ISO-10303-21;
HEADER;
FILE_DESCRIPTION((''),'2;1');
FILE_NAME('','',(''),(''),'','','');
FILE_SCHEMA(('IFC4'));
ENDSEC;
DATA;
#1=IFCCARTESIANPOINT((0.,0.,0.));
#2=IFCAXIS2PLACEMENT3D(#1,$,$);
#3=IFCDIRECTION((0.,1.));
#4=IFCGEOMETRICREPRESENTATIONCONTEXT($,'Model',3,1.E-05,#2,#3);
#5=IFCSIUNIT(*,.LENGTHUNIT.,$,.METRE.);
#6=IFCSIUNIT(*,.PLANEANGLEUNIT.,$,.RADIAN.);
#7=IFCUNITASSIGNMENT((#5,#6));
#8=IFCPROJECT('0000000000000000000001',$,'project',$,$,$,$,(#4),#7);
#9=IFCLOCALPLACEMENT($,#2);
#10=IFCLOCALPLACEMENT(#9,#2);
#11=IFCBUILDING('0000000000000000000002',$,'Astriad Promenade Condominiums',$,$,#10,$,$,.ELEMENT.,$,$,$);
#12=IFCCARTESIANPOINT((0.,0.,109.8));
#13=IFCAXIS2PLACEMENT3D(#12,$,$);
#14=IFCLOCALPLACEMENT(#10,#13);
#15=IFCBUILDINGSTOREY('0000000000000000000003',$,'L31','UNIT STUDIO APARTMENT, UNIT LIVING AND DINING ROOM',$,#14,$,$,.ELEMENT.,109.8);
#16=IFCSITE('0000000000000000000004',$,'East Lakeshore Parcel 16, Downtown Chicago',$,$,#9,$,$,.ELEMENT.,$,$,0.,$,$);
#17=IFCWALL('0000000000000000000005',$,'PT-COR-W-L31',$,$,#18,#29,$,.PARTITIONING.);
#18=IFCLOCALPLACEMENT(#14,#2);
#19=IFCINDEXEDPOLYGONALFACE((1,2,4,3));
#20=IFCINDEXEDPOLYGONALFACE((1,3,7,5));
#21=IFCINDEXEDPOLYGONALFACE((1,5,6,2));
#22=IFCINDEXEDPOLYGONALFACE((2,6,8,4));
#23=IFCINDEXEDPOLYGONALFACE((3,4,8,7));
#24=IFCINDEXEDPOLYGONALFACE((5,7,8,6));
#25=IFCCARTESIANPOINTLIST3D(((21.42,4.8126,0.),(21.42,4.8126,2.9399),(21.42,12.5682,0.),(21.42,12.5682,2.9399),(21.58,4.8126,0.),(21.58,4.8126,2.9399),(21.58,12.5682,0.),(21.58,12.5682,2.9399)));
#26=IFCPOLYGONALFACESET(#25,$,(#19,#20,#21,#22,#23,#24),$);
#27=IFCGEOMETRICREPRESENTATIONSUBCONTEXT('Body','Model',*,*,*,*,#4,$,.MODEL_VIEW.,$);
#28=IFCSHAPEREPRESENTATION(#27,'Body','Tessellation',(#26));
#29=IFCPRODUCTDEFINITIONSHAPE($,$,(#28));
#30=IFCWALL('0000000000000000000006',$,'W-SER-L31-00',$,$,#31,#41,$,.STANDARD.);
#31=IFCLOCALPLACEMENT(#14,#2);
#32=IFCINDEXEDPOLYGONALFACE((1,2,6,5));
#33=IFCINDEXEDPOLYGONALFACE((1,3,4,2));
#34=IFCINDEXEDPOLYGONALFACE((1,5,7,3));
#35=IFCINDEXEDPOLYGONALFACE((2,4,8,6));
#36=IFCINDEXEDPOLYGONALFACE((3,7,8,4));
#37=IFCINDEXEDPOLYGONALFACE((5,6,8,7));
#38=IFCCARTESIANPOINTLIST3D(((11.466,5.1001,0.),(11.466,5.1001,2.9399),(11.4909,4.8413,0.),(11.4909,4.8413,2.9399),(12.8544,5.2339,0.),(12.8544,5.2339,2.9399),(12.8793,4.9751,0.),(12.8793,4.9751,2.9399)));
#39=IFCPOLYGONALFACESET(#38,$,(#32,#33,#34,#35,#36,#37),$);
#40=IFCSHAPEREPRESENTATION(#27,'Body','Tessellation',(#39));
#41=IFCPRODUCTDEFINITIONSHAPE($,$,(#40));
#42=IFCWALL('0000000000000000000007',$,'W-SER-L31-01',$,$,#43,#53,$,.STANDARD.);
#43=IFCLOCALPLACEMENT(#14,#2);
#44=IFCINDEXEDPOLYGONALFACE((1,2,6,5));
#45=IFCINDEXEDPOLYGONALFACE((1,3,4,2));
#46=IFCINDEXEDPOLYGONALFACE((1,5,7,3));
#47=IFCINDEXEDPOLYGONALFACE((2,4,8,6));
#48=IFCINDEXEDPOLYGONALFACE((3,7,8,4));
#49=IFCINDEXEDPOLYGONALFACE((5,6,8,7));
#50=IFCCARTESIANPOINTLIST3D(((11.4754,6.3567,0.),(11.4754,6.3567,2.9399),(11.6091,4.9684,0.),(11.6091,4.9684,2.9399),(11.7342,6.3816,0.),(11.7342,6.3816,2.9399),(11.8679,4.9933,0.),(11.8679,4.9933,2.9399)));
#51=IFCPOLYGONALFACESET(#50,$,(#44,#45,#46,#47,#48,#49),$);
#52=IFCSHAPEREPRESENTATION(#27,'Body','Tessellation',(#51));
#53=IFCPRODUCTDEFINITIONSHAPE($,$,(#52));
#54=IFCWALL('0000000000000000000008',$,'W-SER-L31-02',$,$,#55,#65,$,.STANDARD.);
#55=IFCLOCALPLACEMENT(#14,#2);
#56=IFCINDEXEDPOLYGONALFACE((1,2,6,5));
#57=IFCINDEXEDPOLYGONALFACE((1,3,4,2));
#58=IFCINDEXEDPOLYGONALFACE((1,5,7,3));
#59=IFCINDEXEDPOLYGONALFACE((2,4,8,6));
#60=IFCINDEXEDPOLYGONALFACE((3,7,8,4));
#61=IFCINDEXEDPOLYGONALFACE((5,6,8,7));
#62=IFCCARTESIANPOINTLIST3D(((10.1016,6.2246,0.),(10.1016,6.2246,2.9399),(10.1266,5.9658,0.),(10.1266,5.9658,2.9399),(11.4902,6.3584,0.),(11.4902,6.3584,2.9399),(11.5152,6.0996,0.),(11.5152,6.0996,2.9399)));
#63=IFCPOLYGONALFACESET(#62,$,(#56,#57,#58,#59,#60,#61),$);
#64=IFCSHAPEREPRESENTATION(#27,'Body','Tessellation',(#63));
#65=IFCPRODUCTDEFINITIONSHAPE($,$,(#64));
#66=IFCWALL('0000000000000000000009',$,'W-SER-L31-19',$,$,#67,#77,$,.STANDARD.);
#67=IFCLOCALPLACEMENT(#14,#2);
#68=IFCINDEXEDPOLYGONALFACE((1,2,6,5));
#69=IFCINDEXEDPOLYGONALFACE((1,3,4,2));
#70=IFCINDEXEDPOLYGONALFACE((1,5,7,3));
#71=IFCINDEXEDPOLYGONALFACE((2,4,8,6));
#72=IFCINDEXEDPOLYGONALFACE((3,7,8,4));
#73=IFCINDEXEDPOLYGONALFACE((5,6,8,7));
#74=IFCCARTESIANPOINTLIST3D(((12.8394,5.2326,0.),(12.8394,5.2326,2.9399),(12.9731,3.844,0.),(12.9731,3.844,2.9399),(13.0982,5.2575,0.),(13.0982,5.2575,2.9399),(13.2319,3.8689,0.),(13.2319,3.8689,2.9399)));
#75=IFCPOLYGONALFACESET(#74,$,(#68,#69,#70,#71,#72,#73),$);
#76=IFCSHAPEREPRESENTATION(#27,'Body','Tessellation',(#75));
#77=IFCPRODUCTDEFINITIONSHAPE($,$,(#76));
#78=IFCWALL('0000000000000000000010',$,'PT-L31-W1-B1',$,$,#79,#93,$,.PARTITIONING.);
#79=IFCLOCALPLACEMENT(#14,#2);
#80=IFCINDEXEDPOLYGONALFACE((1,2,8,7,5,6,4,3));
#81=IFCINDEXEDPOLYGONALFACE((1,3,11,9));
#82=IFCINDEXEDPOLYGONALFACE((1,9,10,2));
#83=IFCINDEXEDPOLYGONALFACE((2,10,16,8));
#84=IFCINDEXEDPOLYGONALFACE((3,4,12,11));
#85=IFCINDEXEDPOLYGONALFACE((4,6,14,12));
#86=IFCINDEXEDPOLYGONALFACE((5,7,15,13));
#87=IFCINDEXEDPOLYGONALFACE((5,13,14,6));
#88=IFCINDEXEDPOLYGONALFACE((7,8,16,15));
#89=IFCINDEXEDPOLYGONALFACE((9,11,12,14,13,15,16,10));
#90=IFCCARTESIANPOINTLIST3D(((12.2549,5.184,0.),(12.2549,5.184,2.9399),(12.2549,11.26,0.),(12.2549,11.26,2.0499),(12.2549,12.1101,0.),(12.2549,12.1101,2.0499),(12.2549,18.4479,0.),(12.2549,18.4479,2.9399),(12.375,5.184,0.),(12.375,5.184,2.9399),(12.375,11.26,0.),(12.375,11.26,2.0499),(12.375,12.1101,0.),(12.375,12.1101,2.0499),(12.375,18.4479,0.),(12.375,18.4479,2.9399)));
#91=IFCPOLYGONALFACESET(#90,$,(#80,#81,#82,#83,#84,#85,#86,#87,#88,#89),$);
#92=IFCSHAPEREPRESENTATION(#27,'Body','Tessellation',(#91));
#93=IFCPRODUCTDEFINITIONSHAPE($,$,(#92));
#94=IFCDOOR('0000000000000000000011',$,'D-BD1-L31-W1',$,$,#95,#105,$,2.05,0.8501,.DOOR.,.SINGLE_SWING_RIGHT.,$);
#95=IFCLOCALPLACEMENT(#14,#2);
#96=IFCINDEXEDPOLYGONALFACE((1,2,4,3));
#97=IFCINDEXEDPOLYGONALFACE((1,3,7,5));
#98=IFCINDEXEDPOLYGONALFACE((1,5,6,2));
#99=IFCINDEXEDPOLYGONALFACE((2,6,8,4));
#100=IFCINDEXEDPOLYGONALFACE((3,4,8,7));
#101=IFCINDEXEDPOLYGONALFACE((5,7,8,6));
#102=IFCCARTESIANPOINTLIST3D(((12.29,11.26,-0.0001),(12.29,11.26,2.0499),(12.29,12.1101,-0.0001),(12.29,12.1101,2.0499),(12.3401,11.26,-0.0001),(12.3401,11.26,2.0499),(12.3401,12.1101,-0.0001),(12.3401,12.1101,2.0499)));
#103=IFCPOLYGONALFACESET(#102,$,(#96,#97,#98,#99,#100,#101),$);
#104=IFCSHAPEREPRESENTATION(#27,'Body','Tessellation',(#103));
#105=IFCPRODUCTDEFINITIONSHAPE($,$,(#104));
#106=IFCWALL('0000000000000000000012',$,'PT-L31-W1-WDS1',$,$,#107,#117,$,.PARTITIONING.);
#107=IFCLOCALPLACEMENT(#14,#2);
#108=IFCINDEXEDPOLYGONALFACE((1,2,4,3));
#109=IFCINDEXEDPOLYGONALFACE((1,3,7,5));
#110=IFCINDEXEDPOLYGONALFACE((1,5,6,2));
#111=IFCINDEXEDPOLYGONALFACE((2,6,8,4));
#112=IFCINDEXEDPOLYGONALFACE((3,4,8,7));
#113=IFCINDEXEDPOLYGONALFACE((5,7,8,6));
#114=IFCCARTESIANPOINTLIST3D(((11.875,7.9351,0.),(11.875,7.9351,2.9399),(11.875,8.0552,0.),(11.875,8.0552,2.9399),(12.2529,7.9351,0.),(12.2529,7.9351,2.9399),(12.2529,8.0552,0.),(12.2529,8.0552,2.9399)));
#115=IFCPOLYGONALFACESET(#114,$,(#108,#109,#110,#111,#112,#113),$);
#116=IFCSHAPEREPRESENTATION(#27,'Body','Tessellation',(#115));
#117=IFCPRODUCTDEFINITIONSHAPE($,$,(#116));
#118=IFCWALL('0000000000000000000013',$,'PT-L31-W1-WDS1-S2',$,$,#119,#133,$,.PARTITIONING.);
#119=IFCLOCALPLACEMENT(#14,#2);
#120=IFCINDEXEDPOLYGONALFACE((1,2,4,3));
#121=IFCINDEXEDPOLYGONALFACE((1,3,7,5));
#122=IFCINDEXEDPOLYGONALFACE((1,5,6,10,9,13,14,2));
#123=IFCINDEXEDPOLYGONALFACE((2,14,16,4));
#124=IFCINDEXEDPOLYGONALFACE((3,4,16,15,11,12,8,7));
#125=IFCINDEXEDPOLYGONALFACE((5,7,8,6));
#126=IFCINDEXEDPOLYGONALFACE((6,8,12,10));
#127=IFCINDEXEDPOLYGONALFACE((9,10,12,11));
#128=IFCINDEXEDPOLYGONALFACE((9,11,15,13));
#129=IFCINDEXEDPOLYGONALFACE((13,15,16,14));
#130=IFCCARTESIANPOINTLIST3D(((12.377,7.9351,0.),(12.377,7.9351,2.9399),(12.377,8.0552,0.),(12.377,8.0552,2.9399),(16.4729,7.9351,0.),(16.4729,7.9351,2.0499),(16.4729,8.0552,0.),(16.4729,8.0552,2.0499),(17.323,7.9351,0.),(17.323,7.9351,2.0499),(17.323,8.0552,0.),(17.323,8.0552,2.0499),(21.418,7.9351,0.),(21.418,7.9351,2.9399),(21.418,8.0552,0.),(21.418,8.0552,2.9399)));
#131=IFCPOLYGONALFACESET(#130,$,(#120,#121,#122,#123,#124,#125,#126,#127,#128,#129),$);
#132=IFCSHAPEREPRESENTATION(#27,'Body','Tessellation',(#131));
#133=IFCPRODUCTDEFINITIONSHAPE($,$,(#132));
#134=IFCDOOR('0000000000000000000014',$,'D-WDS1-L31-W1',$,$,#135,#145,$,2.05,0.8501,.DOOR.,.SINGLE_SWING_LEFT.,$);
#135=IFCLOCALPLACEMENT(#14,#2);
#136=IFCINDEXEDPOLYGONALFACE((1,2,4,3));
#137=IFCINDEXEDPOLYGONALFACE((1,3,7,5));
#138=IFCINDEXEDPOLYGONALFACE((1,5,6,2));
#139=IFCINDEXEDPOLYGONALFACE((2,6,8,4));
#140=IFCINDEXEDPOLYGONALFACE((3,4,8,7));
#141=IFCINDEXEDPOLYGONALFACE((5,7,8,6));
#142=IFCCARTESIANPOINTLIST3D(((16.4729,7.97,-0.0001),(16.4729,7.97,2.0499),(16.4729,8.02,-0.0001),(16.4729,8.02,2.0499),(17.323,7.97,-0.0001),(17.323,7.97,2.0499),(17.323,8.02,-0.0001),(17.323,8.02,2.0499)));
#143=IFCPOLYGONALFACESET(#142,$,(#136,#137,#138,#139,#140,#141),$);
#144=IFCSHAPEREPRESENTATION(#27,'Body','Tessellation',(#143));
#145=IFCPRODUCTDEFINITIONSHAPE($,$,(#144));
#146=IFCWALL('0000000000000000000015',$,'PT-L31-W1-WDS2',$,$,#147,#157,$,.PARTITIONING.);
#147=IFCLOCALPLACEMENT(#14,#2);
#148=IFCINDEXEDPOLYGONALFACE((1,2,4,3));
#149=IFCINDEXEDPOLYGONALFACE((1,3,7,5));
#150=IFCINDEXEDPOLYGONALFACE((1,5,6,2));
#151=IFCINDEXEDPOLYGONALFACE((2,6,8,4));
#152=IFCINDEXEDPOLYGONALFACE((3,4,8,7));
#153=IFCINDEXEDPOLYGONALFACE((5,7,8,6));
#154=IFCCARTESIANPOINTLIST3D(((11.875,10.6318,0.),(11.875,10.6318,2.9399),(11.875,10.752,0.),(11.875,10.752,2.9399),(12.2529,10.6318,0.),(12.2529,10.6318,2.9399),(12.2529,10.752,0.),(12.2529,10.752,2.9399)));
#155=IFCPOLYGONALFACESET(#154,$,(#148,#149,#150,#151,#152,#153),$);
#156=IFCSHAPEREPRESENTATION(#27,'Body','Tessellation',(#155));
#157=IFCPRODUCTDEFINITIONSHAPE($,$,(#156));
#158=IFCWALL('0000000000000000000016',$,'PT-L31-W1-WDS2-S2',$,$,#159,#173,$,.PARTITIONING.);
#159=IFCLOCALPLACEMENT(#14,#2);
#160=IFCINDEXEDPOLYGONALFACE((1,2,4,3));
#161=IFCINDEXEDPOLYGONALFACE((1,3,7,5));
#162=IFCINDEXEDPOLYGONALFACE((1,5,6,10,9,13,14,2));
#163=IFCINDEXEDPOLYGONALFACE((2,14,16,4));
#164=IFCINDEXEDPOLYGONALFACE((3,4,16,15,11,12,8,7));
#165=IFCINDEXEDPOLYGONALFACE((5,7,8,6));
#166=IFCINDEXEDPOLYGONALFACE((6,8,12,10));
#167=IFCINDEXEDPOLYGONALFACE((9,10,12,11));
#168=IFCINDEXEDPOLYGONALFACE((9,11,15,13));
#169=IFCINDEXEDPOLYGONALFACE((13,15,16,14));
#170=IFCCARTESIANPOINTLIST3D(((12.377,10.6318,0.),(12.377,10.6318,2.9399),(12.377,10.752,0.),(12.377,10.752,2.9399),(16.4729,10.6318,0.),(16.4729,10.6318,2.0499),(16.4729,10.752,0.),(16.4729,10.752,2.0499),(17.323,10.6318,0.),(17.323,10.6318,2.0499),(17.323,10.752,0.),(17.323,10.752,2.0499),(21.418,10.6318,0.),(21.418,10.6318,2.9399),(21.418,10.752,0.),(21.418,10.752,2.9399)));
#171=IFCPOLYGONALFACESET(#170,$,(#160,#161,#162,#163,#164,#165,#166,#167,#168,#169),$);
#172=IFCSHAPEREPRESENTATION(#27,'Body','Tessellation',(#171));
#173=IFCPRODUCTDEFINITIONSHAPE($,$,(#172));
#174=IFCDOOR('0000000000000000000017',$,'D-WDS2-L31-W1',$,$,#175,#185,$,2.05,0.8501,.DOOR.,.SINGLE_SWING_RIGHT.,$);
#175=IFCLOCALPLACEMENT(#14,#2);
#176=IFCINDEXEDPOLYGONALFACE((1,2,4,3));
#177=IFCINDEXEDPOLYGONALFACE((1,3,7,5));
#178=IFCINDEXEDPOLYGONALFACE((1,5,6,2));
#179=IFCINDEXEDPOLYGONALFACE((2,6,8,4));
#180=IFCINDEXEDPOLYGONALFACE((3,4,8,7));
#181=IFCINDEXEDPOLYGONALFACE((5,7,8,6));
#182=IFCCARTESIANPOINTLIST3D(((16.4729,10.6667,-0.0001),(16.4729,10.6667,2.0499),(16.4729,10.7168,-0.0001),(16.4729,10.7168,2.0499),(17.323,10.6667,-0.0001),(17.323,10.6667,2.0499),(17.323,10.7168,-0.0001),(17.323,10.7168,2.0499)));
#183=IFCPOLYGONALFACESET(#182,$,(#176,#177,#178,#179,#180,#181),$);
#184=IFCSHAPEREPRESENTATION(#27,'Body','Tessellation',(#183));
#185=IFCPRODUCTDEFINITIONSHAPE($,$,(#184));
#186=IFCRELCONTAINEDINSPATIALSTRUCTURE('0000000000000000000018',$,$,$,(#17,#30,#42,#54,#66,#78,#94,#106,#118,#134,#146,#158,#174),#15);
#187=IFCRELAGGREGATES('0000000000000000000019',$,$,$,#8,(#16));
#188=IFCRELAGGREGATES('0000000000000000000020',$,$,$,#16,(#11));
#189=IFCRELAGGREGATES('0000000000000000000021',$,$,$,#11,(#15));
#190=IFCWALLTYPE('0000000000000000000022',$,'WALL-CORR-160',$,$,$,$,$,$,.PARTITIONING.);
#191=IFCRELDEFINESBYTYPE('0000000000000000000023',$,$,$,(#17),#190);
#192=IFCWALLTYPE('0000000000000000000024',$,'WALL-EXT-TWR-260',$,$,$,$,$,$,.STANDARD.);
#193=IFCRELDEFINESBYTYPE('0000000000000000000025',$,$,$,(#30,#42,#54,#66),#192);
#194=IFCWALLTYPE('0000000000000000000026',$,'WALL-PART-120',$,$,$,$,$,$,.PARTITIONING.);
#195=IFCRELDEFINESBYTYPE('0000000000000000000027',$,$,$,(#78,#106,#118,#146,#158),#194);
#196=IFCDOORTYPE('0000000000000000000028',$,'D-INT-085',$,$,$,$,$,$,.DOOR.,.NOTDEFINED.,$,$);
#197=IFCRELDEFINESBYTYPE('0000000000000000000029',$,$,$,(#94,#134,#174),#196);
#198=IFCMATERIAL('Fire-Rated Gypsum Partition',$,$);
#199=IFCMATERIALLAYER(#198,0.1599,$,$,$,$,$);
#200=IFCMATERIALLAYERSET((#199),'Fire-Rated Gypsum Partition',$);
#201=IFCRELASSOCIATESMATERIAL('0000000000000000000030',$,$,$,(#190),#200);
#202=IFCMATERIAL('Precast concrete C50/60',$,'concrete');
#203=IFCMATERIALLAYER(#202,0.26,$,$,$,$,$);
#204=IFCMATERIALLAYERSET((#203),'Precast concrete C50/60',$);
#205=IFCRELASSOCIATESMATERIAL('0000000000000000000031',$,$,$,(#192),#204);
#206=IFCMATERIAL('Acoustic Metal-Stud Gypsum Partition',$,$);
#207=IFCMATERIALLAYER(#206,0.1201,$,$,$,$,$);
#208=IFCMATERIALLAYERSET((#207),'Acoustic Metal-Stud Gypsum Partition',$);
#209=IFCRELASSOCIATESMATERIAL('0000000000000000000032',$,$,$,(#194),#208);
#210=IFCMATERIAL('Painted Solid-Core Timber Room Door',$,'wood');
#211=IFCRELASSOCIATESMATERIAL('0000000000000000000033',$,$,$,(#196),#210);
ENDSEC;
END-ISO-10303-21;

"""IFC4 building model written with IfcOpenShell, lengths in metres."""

from ifc_helpers import new_model, si_unit, direction, frame, frame_2d, origin, place, context, subcontext, project, spatial, rectangle, extrude, source, transform, mapped, material, layer, layer_set, type_object, type_shapes, element, fill, save


model = new_model("IFC4")

# Units and contexts
model_context = context("Model", 3, precision=1e-05, world=origin(), true_north=direction((0.0, 1.0)))
body_context = subcontext(model_context, "Body", "Model", "MODEL_VIEW")
ifc_project = project(units=[si_unit("LENGTHUNIT", "METRE"), si_unit("PLANEANGLEUNIT", "RADIAN")], contexts=[model_context])

# Site, building, storey
site_placement = place(None, origin())
site = spatial("IfcSite", under=ifc_project, at=site_placement, Name="East Lakeshore Parcel 16, Downtown Chicago", CompositionType="ELEMENT", RefElevation=0.0)
building_placement = place(site_placement, origin())
building = spatial("IfcBuilding", under=site, at=building_placement, Name="Astriad Promenade Condominiums", CompositionType="ELEMENT")
storey_placement = place(building_placement, frame((0.0, 0.0, 109.8)))
storey = spatial("IfcBuildingStorey", under=building, at=storey_placement, Name="L31", Description="UNIT STUDIO APARTMENT, UNIT LIVING AND DINING ROOM", CompositionType="ELEMENT", Elevation=109.8)

# Shared definitions
ifc_material_1 = material(Name="Fire-Rated Gypsum Partition")
ifc_layer_1 = layer(ifc_material_1, 0.1599)
ifc_layer_set_1 = layer_set([ifc_layer_1], Name="Fire-Rated Gypsum Partition")
wall_type_1 = type_object("IfcWallType", Name="WALL-CORR-160", PredefinedType="PARTITIONING", material=ifc_layer_set_1)

# Walls
wall_1_placement = place(storey_placement, frame((21.5, 4.8125, 0.0), z_axis=(0.0, 0.0, 1.0), x_axis=(0.0, 1.0, 0.0)))
element("IfcWall", 1, at=wall_1_placement, inside=storey, type_object=wall_type_1, Name="PT-COR-W-L31", PredefinedType="PARTITIONING", context=body_context, shape_type="SweptSolid", body=[
    extrude(rectangle(XDim=7.7556, YDim=0.1599, at=frame_2d((3.8779, 0.0))), origin(), (0.0, 0.0, 1.0), 2.9399),
])
ifc_material_2 = material(Name="Precast concrete C50/60", Category="concrete")
ifc_layer_2 = layer(ifc_material_2, 0.26)
ifc_layer_set_2 = layer_set([ifc_layer_2], Name="Precast concrete C50/60")
wall_type_2 = type_object("IfcWallType", Name="WALL-EXT-TWR-260", PredefinedType="STANDARD", material=ifc_layer_set_2)
for number, where, z_axis, x_axis, name in (
    (2, (12.8667, 5.1045, 0.0), (0.0, 0.0, 1.0), (-0.995389, -0.095916, 0.0), "W-SER-L31-00"),
    (3, (11.7385, 4.981, 0.0), (0.0, 0.0, 1.0), (-0.095916, 0.995389, 0.0), "W-SER-L31-01"),
):
    element("IfcWall", number, at=place(storey_placement, frame(where, z_axis=z_axis, x_axis=x_axis)), inside=storey, type_object=wall_type_2, Name=name, PredefinedType="STANDARD", context=body_context, shape_type="SweptSolid", body=[
        extrude(rectangle(XDim=1.3948, YDim=0.26, at=frame_2d((0.6973, 0.0))), origin(), (0.0, 0.0, 1.0), 2.9399),
    ])
for number, where, z_axis, x_axis, name in (
    (4, (11.5027, 6.229, 0.0), (0.0, 0.0, 1.0), (-0.995391, -0.095899, 0.0), "W-SER-L31-02"),
    (5, (13.1025, 3.8564, 0.0), (0.0, 0.0, 1.0), (-0.095899, 0.995391, 0.0), "W-SER-L31-19"),
):
    element("IfcWall", number, at=place(storey_placement, frame(where, z_axis=z_axis, x_axis=x_axis)), inside=storey, type_object=wall_type_2, Name=name, PredefinedType="STANDARD", context=body_context, shape_type="SweptSolid", body=[
        extrude(rectangle(XDim=1.395, YDim=0.26, at=frame_2d((0.6975, 0.0))), origin(), (0.0, 0.0, 1.0), 2.9399),
    ])

# Wall, opening, door
ifc_material_3 = material(Name="Acoustic Metal-Stud Gypsum Partition")
ifc_layer_3 = layer(ifc_material_3, 0.1201)
ifc_layer_set_3 = layer_set([ifc_layer_3], Name="Acoustic Metal-Stud Gypsum Partition")
wall_type_3 = type_object("IfcWallType", Name="WALL-PART-120", PredefinedType="PARTITIONING", material=ifc_layer_set_3)
wall_2_placement = place(storey_placement, frame((12.3149, 5.1841, 0.0), z_axis=(0.0, 0.0, 1.0), x_axis=(0.0, 1.0, 0.0)))
wall_2 = element("IfcWall", 6, at=wall_2_placement, inside=storey, type_object=wall_type_3, Name="PT-L31-W1-B1", PredefinedType="PARTITIONING", context=body_context, shape_type="SweptSolid", body=[
    extrude(rectangle(XDim=13.2639, YDim=0.1201, at=frame_2d((6.6318, 0.0))), origin(), (0.0, 0.0, 1.0), 2.9399),
])
opening_1_placement = place(wall_2_placement, frame((6.0759, 0.0, 0.0)))
opening_1 = element("IfcOpeningElement", 7, at=opening_1_placement, cuts=wall_2, PredefinedType="OPENING", context=body_context, shape_type="SweptSolid", body=[
    extrude(rectangle(XDim=0.8501, YDim=2.05, at=frame_2d((0.425, 1.0249))), frame((0.0, 0.0701, 0.0), z_axis=(0.0, -1.0, 0.0), x_axis=(1.0, 0.0, 0.0)), (0.0, 0.0, 1.0), 0.1401),
])
ifc_material_4 = material(Name="Painted Solid-Core Timber Room Door", Category="wood")
door_type_1 = type_object("IfcDoorType", Name="D-INT-085", OperationType="NOTDEFINED", PredefinedType="DOOR", material=ifc_material_4)
shared_shape_1 = source(origin(), body_context, "Body", "SweptSolid", [
    extrude(rectangle(XDim=0.8501, YDim=2.05, at=frame_2d((0.425, 1.0249))), frame((0.0, 0.0249, 0.0), z_axis=(0.0, -1.0, 0.0), x_axis=(1.0, 0.0, 0.0)), (0.0, 0.0, 1.0), 0.05),
])
type_shapes(door_type_1, [shared_shape_1])
door_1_placement = place(opening_1_placement, origin())
door_1 = element("IfcDoor", 8, at=door_1_placement, inside=storey, type_object=door_type_1, Name="D-BD1-L31-W1", OperationType="SINGLE_SWING_RIGHT", OverallHeight=2.05, OverallWidth=0.8501, PredefinedType="DOOR", context=body_context, shape_type="MappedRepresentation", body=[
    mapped(shared_shape_1, transform((0.0, 0.0, 0.0), scale=1.0)),
])
fill(opening_1, door_1)

# Wall
wall_3_placement = place(storey_placement, frame((11.875, 7.9951, 0.0), z_axis=(0.0, 0.0, 1.0), x_axis=(1.0, 0.0, 0.0)))
element("IfcWall", 9, at=wall_3_placement, inside=storey, type_object=wall_type_3, Name="PT-L31-W1-WDS1", PredefinedType="PARTITIONING", context=body_context, shape_type="SweptSolid", body=[
    extrude(rectangle(XDim=0.3779, YDim=0.1201, at=frame_2d((0.189, 0.0))), origin(), (0.0, 0.0, 1.0), 2.9399),
])

# Wall, opening, door
wall_4_placement = place(storey_placement, frame((12.377, 7.9951, 0.0), z_axis=(0.0, 0.0, 1.0), x_axis=(1.0, 0.0, 0.0)))
wall_4 = element("IfcWall", 10, at=wall_4_placement, inside=storey, type_object=wall_type_3, Name="PT-L31-W1-WDS1-S2", PredefinedType="PARTITIONING", context=body_context, shape_type="SweptSolid", body=[
    extrude(rectangle(XDim=9.041, YDim=0.1201, at=frame_2d((4.5205, 0.0))), origin(), (0.0, 0.0, 1.0), 2.9399),
])
opening_2_placement = place(wall_4_placement, frame((4.0959, 0.0, 0.0)))
opening_2 = element("IfcOpeningElement", 11, at=opening_2_placement, cuts=wall_4, PredefinedType="OPENING", context=body_context, shape_type="SweptSolid", body=[
    extrude(rectangle(XDim=0.8501, YDim=2.05, at=frame_2d((0.425, 1.0249))), frame((0.0, 0.0701, 0.0), z_axis=(0.0, -1.0, 0.0), x_axis=(1.0, 0.0, 0.0)), (0.0, 0.0, 1.0), 0.1401),
])
door_2_placement = place(opening_2_placement, origin())
door_2 = element("IfcDoor", 12, at=door_2_placement, inside=storey, type_object=door_type_1, Name="D-WDS1-L31-W1", OperationType="SINGLE_SWING_LEFT", OverallHeight=2.05, OverallWidth=0.8501, PredefinedType="DOOR", context=body_context, shape_type="MappedRepresentation", body=[
    mapped(shared_shape_1, transform((0.0, 0.0, 0.0), scale=1.0)),
])
fill(opening_2, door_2)

# Wall
wall_5_placement = place(storey_placement, frame((11.875, 10.6919, 0.0), z_axis=(0.0, 0.0, 1.0), x_axis=(1.0, 0.0, 0.0)))
element("IfcWall", 13, at=wall_5_placement, inside=storey, type_object=wall_type_3, Name="PT-L31-W1-WDS2", PredefinedType="PARTITIONING", context=body_context, shape_type="SweptSolid", body=[
    extrude(rectangle(XDim=0.3779, YDim=0.1201, at=frame_2d((0.189, 0.0))), origin(), (0.0, 0.0, 1.0), 2.9399),
])

# Wall, opening, door
wall_6_placement = place(storey_placement, frame((12.377, 10.6919, 0.0), z_axis=(0.0, 0.0, 1.0), x_axis=(1.0, 0.0, 0.0)))
wall_6 = element("IfcWall", 14, at=wall_6_placement, inside=storey, type_object=wall_type_3, Name="PT-L31-W1-WDS2-S2", PredefinedType="PARTITIONING", context=body_context, shape_type="SweptSolid", body=[
    extrude(rectangle(XDim=9.041, YDim=0.1201, at=frame_2d((4.5205, 0.0))), origin(), (0.0, 0.0, 1.0), 2.9399),
])
opening_3_placement = place(wall_6_placement, frame((4.0959, 0.0, 0.0)))
opening_3 = element("IfcOpeningElement", 15, at=opening_3_placement, cuts=wall_6, PredefinedType="OPENING", context=body_context, shape_type="SweptSolid", body=[
    extrude(rectangle(XDim=0.8501, YDim=2.05, at=frame_2d((0.425, 1.0249))), frame((0.0, 0.0701, 0.0), z_axis=(0.0, -1.0, 0.0), x_axis=(1.0, 0.0, 0.0)), (0.0, 0.0, 1.0), 0.1401),
])
door_3_placement = place(opening_3_placement, origin())
door_3 = element("IfcDoor", 16, at=door_3_placement, inside=storey, type_object=door_type_1, Name="D-WDS2-L31-W1", OperationType="SINGLE_SWING_RIGHT", OverallHeight=2.05, OverallWidth=0.8501, PredefinedType="DOOR", context=body_context, shape_type="MappedRepresentation", body=[
    mapped(shared_shape_1, transform((0.0, 0.0, 0.0), scale=1.0)),
])
fill(opening_3, door_3)

save(model, "model.ifc")
